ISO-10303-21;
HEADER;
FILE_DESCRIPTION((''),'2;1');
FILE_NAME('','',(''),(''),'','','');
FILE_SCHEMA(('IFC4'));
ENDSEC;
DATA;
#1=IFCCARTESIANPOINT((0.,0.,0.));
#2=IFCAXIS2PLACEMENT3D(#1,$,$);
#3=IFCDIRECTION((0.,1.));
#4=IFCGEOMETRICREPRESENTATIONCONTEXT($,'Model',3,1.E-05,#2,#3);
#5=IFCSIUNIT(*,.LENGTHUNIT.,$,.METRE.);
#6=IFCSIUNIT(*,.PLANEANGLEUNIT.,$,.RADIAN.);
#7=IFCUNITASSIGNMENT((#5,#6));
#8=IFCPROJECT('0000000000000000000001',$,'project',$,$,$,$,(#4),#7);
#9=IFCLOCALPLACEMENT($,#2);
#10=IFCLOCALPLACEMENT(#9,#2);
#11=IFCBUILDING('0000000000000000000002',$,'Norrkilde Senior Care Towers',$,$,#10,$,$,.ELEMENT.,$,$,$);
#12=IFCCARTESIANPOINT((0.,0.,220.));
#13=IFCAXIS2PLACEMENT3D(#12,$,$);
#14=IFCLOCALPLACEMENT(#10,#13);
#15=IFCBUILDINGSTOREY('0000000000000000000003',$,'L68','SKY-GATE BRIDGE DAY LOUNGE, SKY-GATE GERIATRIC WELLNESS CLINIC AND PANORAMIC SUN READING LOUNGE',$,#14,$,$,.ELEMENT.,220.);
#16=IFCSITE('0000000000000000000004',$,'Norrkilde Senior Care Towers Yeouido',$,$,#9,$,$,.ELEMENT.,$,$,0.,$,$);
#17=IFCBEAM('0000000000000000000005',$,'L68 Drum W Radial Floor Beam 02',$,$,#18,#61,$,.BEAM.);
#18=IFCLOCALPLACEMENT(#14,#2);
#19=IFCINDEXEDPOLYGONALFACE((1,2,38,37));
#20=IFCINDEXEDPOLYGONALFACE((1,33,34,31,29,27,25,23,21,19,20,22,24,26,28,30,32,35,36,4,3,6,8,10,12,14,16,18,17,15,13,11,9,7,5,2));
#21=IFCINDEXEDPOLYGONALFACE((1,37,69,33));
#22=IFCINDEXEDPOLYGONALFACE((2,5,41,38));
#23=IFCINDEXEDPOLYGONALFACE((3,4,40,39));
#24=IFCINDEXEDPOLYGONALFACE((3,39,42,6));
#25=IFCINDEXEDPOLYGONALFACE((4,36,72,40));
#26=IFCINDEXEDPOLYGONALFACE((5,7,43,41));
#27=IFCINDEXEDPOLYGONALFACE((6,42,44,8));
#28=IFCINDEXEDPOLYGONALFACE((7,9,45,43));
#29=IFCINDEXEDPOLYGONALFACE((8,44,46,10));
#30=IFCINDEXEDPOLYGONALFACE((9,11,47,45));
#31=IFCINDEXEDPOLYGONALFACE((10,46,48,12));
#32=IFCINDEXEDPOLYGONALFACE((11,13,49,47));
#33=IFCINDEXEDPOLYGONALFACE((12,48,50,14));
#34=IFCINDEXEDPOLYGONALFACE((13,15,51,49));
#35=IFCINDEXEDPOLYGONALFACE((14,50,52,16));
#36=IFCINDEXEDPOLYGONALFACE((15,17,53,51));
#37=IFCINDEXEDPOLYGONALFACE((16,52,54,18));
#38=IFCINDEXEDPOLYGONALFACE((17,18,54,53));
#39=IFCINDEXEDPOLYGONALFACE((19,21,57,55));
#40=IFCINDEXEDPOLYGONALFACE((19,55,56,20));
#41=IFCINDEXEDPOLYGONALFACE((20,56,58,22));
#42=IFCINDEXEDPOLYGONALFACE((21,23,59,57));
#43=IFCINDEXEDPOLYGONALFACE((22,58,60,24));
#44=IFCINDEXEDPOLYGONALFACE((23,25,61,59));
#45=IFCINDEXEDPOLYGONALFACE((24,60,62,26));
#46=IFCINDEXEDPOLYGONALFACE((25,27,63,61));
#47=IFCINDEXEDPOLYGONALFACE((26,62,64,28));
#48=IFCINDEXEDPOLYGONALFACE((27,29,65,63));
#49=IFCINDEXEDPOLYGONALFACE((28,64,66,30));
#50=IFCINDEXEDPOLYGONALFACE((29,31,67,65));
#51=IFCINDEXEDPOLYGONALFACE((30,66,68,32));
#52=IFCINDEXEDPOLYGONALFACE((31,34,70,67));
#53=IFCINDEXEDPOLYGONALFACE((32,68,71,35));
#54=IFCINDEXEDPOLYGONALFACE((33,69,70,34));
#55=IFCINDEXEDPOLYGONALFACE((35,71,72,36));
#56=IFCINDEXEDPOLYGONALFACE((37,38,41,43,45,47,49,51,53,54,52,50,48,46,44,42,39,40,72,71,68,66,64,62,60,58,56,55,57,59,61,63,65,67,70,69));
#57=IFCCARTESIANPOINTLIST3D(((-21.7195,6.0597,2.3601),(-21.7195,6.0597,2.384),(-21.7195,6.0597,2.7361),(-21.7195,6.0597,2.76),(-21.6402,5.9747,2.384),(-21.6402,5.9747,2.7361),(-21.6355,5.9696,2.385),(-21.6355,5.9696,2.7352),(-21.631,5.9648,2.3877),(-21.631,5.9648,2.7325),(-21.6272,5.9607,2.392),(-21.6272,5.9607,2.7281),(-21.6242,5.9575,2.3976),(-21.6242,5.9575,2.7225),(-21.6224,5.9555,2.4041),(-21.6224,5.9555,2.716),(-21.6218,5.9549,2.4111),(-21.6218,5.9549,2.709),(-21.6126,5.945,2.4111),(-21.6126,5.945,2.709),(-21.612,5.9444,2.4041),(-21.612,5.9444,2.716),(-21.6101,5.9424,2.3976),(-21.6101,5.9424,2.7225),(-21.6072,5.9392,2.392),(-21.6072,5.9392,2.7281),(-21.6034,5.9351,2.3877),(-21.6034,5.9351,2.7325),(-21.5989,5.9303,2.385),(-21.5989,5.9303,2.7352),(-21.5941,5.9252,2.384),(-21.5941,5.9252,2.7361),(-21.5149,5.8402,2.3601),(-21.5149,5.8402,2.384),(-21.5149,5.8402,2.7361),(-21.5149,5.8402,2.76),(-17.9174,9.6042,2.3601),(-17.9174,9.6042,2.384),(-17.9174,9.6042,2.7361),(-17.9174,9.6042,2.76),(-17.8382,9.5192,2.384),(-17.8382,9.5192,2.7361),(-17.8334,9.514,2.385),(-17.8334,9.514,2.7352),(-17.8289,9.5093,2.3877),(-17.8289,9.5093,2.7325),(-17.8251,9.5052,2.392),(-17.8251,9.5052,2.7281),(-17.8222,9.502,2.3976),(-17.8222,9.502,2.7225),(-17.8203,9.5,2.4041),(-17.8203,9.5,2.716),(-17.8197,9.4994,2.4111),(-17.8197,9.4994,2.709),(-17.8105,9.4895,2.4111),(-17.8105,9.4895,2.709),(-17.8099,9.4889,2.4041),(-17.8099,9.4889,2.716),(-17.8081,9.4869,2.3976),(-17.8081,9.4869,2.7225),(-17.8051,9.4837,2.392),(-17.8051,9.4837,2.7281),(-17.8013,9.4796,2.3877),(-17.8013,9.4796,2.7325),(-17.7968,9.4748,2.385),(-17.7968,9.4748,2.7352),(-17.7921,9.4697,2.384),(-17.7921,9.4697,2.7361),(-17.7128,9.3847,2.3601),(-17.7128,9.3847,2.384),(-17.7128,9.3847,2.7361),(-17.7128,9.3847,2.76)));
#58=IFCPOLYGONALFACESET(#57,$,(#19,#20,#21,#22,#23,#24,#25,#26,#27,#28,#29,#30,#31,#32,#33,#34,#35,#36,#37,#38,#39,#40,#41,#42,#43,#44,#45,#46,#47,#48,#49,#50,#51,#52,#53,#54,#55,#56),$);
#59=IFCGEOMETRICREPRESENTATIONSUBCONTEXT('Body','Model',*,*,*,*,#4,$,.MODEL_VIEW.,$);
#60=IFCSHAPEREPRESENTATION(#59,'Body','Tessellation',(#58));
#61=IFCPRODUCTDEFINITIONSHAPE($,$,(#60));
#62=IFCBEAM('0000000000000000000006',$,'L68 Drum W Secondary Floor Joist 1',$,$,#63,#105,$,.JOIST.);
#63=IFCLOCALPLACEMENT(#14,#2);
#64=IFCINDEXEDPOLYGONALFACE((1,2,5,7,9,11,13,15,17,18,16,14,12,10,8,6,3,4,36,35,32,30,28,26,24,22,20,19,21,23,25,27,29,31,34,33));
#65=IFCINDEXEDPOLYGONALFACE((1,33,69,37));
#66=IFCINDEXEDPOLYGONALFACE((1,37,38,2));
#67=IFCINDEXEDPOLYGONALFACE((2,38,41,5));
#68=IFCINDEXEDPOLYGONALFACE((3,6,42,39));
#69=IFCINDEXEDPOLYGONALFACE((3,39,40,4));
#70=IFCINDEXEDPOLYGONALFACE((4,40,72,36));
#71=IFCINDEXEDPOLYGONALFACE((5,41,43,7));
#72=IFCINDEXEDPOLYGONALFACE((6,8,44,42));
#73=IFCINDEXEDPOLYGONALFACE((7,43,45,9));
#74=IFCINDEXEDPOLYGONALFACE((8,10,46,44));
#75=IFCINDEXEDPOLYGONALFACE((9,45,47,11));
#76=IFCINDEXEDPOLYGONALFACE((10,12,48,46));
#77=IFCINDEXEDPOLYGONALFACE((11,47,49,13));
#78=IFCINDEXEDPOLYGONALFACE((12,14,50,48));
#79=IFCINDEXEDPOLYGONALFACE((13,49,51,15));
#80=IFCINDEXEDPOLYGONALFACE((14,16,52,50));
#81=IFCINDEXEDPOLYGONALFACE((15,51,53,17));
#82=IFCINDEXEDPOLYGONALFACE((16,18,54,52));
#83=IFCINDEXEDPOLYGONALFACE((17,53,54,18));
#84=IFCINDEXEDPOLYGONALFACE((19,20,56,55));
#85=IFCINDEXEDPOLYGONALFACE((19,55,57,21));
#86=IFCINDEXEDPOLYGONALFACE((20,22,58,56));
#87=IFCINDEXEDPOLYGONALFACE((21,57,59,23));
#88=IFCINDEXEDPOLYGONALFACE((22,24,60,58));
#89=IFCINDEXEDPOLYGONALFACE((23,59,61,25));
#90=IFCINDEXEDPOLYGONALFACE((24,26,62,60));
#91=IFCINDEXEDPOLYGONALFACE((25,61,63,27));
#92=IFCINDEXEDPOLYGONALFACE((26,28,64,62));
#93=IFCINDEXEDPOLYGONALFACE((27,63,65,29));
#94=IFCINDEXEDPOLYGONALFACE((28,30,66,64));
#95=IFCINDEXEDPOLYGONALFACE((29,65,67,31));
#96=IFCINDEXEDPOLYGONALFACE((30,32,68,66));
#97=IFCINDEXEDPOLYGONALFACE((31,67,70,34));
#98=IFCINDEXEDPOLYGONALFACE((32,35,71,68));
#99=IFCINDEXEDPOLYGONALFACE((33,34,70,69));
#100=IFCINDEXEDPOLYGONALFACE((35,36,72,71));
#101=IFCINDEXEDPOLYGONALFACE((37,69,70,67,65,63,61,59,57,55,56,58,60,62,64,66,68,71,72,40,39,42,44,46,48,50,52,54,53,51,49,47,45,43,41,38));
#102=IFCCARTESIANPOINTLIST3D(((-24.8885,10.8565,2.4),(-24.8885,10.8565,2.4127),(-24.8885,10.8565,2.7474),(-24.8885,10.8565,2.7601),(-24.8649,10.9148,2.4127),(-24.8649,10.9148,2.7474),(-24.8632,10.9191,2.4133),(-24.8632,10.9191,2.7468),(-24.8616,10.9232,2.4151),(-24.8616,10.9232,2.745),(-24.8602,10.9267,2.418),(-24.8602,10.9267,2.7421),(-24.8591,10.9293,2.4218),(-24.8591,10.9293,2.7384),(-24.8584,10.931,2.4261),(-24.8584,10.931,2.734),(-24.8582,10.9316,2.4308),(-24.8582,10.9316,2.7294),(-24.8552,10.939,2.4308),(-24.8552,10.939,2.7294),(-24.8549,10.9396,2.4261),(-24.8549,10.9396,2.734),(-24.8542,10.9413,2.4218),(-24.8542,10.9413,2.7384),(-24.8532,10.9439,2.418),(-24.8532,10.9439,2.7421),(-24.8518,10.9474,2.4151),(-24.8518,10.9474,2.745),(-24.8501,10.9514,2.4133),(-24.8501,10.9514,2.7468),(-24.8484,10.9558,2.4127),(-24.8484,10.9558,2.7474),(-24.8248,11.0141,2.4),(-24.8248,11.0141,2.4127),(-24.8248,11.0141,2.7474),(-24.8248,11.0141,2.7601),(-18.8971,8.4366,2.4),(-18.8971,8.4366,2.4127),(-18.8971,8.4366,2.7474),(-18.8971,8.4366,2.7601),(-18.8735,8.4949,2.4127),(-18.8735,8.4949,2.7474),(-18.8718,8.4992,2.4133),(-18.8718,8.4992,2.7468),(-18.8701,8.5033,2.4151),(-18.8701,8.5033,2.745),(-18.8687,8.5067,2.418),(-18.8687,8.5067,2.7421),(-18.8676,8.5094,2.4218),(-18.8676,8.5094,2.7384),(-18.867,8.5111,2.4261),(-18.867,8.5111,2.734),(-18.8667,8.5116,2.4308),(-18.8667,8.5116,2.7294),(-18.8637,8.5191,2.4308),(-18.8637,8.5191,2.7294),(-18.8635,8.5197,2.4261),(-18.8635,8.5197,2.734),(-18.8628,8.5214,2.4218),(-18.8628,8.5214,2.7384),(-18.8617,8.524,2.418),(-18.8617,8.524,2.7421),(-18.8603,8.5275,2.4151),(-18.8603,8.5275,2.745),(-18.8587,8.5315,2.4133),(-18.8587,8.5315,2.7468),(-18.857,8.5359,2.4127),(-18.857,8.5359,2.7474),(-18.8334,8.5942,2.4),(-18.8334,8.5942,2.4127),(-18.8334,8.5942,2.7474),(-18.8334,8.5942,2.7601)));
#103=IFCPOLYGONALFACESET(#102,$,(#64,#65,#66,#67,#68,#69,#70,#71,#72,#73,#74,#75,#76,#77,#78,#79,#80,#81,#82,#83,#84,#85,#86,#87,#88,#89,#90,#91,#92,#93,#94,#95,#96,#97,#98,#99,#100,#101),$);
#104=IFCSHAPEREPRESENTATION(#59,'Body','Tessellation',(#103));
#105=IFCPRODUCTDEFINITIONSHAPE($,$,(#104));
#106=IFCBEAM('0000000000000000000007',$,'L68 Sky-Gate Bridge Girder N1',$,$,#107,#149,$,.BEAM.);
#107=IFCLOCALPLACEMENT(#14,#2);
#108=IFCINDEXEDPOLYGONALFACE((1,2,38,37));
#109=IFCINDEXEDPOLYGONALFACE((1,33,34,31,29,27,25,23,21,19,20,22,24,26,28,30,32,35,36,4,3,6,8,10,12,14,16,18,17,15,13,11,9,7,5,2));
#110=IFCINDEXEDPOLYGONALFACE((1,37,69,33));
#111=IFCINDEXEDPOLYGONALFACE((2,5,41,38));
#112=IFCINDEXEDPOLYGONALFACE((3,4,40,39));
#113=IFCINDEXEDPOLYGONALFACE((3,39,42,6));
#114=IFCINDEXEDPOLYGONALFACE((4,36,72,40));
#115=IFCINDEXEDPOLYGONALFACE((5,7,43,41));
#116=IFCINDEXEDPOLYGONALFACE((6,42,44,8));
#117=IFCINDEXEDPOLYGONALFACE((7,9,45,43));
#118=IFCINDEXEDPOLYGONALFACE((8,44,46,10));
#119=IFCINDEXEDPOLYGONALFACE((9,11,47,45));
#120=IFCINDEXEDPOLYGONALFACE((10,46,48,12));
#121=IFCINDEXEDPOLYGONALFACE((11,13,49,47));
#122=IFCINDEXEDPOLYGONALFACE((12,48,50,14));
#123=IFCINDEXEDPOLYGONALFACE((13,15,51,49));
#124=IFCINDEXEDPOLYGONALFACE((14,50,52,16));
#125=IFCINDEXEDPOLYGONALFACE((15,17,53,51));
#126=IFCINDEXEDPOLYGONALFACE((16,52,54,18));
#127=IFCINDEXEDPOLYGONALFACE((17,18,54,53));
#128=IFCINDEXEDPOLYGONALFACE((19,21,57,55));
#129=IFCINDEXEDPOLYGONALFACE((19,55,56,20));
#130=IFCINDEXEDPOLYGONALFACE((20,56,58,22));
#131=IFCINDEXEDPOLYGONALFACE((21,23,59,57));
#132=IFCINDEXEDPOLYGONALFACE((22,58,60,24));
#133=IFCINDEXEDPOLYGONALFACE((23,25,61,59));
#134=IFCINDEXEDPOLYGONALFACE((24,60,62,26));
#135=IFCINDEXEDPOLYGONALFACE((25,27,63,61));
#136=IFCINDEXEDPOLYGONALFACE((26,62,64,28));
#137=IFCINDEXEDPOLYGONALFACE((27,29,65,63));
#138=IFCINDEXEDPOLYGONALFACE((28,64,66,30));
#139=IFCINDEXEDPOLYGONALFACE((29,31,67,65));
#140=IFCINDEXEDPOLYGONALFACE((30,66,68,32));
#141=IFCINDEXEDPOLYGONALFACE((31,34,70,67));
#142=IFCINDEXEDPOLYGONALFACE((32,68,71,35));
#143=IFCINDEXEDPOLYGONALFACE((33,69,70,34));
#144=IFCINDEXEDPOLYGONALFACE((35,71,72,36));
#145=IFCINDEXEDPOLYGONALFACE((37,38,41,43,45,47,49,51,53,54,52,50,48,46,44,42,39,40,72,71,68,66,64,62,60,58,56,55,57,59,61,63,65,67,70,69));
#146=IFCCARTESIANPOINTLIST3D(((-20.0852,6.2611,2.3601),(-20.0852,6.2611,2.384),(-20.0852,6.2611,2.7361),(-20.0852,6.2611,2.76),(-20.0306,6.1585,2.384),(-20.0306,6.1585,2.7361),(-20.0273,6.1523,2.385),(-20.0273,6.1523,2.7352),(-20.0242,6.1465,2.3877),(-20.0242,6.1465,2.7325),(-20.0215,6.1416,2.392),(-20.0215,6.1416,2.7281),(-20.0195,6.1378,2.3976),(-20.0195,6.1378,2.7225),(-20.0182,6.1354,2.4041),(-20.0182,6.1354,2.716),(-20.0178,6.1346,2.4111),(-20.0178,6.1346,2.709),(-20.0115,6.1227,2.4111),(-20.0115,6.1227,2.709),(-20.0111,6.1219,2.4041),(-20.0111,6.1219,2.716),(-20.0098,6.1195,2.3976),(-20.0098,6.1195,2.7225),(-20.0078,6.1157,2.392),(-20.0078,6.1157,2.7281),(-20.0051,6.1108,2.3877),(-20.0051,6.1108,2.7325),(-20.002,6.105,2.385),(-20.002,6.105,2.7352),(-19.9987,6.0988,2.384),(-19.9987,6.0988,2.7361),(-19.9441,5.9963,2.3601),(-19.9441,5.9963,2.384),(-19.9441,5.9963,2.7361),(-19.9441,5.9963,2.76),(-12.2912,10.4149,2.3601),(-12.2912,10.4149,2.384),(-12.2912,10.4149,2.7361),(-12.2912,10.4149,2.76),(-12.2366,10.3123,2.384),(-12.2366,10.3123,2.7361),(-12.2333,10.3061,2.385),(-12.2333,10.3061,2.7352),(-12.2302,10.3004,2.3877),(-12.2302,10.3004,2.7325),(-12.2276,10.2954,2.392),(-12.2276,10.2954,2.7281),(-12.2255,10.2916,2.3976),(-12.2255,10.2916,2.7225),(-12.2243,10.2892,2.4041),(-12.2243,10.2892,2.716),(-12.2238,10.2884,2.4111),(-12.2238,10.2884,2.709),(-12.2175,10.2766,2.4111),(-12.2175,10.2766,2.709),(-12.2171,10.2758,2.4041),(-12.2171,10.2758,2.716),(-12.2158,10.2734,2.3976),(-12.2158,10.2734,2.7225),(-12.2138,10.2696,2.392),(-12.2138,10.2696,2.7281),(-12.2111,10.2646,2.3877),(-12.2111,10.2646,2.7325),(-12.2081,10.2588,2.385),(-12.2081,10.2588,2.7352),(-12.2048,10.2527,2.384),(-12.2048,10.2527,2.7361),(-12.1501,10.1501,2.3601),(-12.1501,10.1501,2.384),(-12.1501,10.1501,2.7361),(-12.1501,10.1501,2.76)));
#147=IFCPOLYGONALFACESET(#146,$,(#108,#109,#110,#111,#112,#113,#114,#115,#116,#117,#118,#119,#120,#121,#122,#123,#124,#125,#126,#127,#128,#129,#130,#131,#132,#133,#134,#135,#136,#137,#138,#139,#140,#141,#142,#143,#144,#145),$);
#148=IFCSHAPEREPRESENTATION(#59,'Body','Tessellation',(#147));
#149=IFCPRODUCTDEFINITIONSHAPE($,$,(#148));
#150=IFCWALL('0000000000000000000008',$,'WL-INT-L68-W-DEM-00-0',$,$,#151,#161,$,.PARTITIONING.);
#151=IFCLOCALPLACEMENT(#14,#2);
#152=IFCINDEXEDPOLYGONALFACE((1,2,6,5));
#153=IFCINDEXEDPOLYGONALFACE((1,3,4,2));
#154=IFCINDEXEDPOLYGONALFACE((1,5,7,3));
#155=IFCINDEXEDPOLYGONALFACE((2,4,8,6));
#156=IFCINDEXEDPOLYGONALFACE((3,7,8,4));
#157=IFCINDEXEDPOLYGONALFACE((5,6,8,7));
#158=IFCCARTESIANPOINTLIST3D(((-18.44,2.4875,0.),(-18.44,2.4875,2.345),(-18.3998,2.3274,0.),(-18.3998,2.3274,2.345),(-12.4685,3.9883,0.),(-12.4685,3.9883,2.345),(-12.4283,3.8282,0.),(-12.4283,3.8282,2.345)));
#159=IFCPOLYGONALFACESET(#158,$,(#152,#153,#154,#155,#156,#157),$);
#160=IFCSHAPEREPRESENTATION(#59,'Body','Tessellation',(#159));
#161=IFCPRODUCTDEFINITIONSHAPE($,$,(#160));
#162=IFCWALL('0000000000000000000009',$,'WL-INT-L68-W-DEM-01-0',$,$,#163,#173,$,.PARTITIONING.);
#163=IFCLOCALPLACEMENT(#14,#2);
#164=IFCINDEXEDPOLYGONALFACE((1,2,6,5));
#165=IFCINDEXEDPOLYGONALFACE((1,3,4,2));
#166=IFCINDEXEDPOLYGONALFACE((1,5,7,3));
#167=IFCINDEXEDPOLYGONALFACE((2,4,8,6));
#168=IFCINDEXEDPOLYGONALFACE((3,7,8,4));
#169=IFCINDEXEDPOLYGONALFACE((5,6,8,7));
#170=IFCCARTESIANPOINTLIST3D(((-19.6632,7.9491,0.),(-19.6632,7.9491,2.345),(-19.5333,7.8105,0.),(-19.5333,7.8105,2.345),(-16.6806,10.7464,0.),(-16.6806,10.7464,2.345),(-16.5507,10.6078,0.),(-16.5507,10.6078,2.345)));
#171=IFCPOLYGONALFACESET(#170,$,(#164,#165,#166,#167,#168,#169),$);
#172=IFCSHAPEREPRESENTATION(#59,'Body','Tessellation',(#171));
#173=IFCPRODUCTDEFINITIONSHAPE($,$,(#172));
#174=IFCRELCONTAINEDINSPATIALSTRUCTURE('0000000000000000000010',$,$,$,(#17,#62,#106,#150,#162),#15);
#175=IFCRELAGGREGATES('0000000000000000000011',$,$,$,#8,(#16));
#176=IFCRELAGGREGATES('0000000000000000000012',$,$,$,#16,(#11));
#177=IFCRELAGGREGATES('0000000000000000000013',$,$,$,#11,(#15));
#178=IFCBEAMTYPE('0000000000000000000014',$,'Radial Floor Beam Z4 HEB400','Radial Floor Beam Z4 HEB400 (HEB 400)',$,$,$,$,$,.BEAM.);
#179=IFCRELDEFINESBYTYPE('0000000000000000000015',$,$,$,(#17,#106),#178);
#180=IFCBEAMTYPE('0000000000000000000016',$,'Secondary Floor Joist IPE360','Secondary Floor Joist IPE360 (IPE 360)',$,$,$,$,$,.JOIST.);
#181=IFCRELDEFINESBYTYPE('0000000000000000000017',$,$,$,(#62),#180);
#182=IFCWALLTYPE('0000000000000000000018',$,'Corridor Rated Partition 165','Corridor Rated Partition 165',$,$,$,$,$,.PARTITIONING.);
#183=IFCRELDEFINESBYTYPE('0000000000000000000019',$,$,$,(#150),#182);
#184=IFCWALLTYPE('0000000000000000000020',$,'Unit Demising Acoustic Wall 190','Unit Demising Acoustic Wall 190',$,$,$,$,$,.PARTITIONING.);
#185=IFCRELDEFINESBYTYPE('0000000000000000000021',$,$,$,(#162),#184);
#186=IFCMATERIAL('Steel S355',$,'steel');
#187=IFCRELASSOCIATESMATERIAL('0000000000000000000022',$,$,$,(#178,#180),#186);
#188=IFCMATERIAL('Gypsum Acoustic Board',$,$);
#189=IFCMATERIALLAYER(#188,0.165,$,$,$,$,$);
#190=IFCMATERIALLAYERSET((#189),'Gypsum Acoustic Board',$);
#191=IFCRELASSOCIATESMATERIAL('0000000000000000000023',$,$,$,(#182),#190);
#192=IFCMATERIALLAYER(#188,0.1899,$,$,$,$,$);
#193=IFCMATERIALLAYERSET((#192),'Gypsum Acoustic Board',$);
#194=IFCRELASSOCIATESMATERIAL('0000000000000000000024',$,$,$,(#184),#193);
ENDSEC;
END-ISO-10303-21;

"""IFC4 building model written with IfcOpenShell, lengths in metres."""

from ifc_helpers import new_model, si_unit, direction, frame, frame_2d, origin, origin_2d, place, context, subcontext, project, spatial, rectangle, i_section, extrude, source, transform, mapped, material, layer, layer_set, material_profile, profile_set, type_object, type_shapes, element, save


model = new_model("IFC4")

# Units and contexts
model_context = context("Model", 3, precision=1e-05, world=origin(), true_north=direction((0.0, 1.0)))
body_context = subcontext(model_context, "Body", "Model", "MODEL_VIEW")
ifc_project = project(units=[si_unit("LENGTHUNIT", "METRE"), si_unit("PLANEANGLEUNIT", "RADIAN")], contexts=[model_context])

# Site, building, storey
site_placement = place(None, origin())
site = spatial("IfcSite", under=ifc_project, at=site_placement, Name="Norrkilde Senior Care Towers Yeouido", CompositionType="ELEMENT", RefElevation=0.0)
building_placement = place(site_placement, origin())
building = spatial("IfcBuilding", under=site, at=building_placement, Name="Norrkilde Senior Care Towers", CompositionType="ELEMENT")
storey_placement = place(building_placement, frame((0.0, 0.0, 220.0)))
storey = spatial("IfcBuildingStorey", under=building, at=storey_placement, Name="L68", Description="SKY-GATE BRIDGE DAY LOUNGE, SKY-GATE GERIATRIC WELLNESS CLINIC AND PANORAMIC SUN READING LOUNGE", CompositionType="ELEMENT", Elevation=220.0)

# Beams
ifc_material_1 = material(Name="Steel S355", Category="steel")
ifc_material_profile_1 = material_profile(ifc_material_1, i_section(OverallWidth=0.3, OverallDepth=0.3999, WebThickness=0.0134, FlangeThickness=0.0239, FilletRadius=0.0271, at=origin_2d()), Name="HEB 400")
ifc_profile_set_1 = profile_set([ifc_material_profile_1], Name="Steel S355")
beam_type_1 = type_object("IfcBeamType", Name="Radial Floor Beam Z4 HEB400", Description="Radial Floor Beam Z4 HEB400 (HEB 400)", PredefinedType="BEAM", material=ifc_profile_set_1)
shared_shape_1 = source(origin(), body_context, "Body", "SweptSolid", [
    extrude(i_section(OverallWidth=0.3, OverallDepth=0.3999, WebThickness=0.0134, FlangeThickness=0.0239, FilletRadius=0.0271, at=origin_2d()), origin(), (0.0, 0.0, 1.0), 5.198),
])
beam_1_placement = place(storey_placement, frame((-21.6172, 5.95, 2.5601), z_axis=(0.731449, 0.681896, 0.0), x_axis=(-0.681896, 0.731449, 0.0)))
element("IfcBeam", 1, at=beam_1_placement, inside=storey, type_object=beam_type_1, Name="L68 Drum W Radial Floor Beam 02", PredefinedType="BEAM", context=body_context, shape_type="MappedRepresentation", body=[
    mapped(shared_shape_1, transform((0.0, 0.0, 0.0), x_axis=(1.0, 0.0, 0.0), y_axis=(0.0, 1.0, 0.0), z_axis=(0.0, 0.0, 1.0), scale=1.0)),
])
ifc_material_profile_2 = material_profile(ifc_material_1, i_section(OverallWidth=0.1699, OverallDepth=0.3601, WebThickness=0.0081, FlangeThickness=0.0127, FilletRadius=0.0181, at=origin_2d()), Name="IPE 360")
ifc_profile_set_2 = profile_set([ifc_material_profile_2], Name="Steel S355")
beam_type_2 = type_object("IfcBeamType", Name="Secondary Floor Joist IPE360", Description="Secondary Floor Joist IPE360 (IPE 360)", PredefinedType="JOIST", material=ifc_profile_set_2)
shared_shape_2 = source(origin(), body_context, "Body", "SweptSolid", [
    extrude(i_section(OverallWidth=0.1699, OverallDepth=0.3601, WebThickness=0.0081, FlangeThickness=0.0127, FilletRadius=0.0181, at=origin_2d()), origin(), (0.0, 0.0, 1.0), 6.4617),
])
type_shapes(beam_type_2, [shared_shape_2])
beam_2_placement = place(storey_placement, frame((-18.8652, 8.5154, 2.5801), z_axis=(-0.927226, 0.374502, 0.0), x_axis=(-0.374502, -0.927226, 0.0)))
element("IfcBeam", 2, at=beam_2_placement, inside=storey, type_object=beam_type_2, Name="L68 Drum W Secondary Floor Joist 1", PredefinedType="JOIST", context=body_context, shape_type="MappedRepresentation", body=[
    mapped(shared_shape_2, transform((0.0, 0.0, 0.0), x_axis=(1.0, 0.0, 0.0), y_axis=(0.0, 1.0, 0.0), z_axis=(0.0, 0.0, 1.0), scale=1.0)),
])
shared_shape_3 = source(origin(), body_context, "Body", "SweptSolid", [
    extrude(i_section(OverallWidth=0.3, OverallDepth=0.3999, WebThickness=0.0134, FlangeThickness=0.0239, FilletRadius=0.0271, at=origin_2d()), origin(), (0.0, 0.0, 1.0), 8.8318),
])
beam_3_placement = place(storey_placement, frame((-20.0146, 6.1287, 2.5601), z_axis=(0.882492, 0.470327, 0.0), x_axis=(-0.470327, 0.882492, 0.0)))
element("IfcBeam", 3, at=beam_3_placement, inside=storey, type_object=beam_type_1, Name="L68 Sky-Gate Bridge Girder N1", PredefinedType="BEAM", context=body_context, shape_type="MappedRepresentation", body=[
    mapped(shared_shape_3, transform((0.0, 0.0, 0.0), x_axis=(1.0, 0.0, 0.0), y_axis=(0.0, 1.0, 0.0), z_axis=(0.0, 0.0, 1.0), scale=1.0)),
])

# Shared definitions
ifc_material_2 = material(Name="Gypsum Acoustic Board")
ifc_layer_1 = layer(ifc_material_2, 0.165)
ifc_layer_set_1 = layer_set([ifc_layer_1], Name="Gypsum Acoustic Board")
wall_type_1 = type_object("IfcWallType", Name="Corridor Rated Partition 165", Description="Corridor Rated Partition 165", PredefinedType="PARTITIONING", material=ifc_layer_set_1)

# Walls
shared_shape_4 = source(origin(), body_context, "Body", "SweptSolid", [
    extrude(rectangle(XDim=6.1572, YDim=0.165, at=frame_2d((3.0786, 0.0))), origin(), (0.0, 0.0, 1.0), 2.345),
])
wall_1_placement = place(storey_placement, frame((-18.4199, 2.4075, 0.0), z_axis=(0.0, 0.0, 1.0), x_axis=(0.969841, 0.243739, 0.0)))
element("IfcWall", 4, at=wall_1_placement, inside=storey, type_object=wall_type_1, Name="WL-INT-L68-W-DEM-00-0", PredefinedType="PARTITIONING", context=body_context, shape_type="MappedRepresentation", body=[
    mapped(shared_shape_4, transform((0.0, 0.0, 0.0), x_axis=(1.0, 0.0, 0.0), y_axis=(0.0, 1.0, 0.0), z_axis=(0.0, 0.0, 1.0), scale=1.0)),
])
ifc_layer_2 = layer(ifc_material_2, 0.1899)
ifc_layer_set_2 = layer_set([ifc_layer_2], Name="Gypsum Acoustic Board")
wall_type_2 = type_object("IfcWallType", Name="Unit Demising Acoustic Wall 190", Description="Unit Demising Acoustic Wall 190", PredefinedType="PARTITIONING", material=ifc_layer_set_2)
shared_shape_5 = source(origin(), body_context, "Body", "SweptSolid", [
    extrude(rectangle(XDim=4.0891, YDim=0.1899, at=frame_2d((2.0444, 0.0))), origin(), (0.0, 0.0, 1.0), 2.345),
])
wall_2_placement = place(storey_placement, frame((-19.5981, 7.8799, 0.0), z_axis=(0.0, 0.0, 1.0), x_axis=(0.729401, 0.684086, 0.0)))
element("IfcWall", 5, at=wall_2_placement, inside=storey, type_object=wall_type_2, Name="WL-INT-L68-W-DEM-01-0", PredefinedType="PARTITIONING", context=body_context, shape_type="MappedRepresentation", body=[
    mapped(shared_shape_5, transform((0.0, 0.0, 0.0), x_axis=(1.0, 0.0, 0.0), y_axis=(0.0, 1.0, 0.0), z_axis=(0.0, 0.0, 1.0), scale=1.0)),
])

save(model, "model.ifc")
